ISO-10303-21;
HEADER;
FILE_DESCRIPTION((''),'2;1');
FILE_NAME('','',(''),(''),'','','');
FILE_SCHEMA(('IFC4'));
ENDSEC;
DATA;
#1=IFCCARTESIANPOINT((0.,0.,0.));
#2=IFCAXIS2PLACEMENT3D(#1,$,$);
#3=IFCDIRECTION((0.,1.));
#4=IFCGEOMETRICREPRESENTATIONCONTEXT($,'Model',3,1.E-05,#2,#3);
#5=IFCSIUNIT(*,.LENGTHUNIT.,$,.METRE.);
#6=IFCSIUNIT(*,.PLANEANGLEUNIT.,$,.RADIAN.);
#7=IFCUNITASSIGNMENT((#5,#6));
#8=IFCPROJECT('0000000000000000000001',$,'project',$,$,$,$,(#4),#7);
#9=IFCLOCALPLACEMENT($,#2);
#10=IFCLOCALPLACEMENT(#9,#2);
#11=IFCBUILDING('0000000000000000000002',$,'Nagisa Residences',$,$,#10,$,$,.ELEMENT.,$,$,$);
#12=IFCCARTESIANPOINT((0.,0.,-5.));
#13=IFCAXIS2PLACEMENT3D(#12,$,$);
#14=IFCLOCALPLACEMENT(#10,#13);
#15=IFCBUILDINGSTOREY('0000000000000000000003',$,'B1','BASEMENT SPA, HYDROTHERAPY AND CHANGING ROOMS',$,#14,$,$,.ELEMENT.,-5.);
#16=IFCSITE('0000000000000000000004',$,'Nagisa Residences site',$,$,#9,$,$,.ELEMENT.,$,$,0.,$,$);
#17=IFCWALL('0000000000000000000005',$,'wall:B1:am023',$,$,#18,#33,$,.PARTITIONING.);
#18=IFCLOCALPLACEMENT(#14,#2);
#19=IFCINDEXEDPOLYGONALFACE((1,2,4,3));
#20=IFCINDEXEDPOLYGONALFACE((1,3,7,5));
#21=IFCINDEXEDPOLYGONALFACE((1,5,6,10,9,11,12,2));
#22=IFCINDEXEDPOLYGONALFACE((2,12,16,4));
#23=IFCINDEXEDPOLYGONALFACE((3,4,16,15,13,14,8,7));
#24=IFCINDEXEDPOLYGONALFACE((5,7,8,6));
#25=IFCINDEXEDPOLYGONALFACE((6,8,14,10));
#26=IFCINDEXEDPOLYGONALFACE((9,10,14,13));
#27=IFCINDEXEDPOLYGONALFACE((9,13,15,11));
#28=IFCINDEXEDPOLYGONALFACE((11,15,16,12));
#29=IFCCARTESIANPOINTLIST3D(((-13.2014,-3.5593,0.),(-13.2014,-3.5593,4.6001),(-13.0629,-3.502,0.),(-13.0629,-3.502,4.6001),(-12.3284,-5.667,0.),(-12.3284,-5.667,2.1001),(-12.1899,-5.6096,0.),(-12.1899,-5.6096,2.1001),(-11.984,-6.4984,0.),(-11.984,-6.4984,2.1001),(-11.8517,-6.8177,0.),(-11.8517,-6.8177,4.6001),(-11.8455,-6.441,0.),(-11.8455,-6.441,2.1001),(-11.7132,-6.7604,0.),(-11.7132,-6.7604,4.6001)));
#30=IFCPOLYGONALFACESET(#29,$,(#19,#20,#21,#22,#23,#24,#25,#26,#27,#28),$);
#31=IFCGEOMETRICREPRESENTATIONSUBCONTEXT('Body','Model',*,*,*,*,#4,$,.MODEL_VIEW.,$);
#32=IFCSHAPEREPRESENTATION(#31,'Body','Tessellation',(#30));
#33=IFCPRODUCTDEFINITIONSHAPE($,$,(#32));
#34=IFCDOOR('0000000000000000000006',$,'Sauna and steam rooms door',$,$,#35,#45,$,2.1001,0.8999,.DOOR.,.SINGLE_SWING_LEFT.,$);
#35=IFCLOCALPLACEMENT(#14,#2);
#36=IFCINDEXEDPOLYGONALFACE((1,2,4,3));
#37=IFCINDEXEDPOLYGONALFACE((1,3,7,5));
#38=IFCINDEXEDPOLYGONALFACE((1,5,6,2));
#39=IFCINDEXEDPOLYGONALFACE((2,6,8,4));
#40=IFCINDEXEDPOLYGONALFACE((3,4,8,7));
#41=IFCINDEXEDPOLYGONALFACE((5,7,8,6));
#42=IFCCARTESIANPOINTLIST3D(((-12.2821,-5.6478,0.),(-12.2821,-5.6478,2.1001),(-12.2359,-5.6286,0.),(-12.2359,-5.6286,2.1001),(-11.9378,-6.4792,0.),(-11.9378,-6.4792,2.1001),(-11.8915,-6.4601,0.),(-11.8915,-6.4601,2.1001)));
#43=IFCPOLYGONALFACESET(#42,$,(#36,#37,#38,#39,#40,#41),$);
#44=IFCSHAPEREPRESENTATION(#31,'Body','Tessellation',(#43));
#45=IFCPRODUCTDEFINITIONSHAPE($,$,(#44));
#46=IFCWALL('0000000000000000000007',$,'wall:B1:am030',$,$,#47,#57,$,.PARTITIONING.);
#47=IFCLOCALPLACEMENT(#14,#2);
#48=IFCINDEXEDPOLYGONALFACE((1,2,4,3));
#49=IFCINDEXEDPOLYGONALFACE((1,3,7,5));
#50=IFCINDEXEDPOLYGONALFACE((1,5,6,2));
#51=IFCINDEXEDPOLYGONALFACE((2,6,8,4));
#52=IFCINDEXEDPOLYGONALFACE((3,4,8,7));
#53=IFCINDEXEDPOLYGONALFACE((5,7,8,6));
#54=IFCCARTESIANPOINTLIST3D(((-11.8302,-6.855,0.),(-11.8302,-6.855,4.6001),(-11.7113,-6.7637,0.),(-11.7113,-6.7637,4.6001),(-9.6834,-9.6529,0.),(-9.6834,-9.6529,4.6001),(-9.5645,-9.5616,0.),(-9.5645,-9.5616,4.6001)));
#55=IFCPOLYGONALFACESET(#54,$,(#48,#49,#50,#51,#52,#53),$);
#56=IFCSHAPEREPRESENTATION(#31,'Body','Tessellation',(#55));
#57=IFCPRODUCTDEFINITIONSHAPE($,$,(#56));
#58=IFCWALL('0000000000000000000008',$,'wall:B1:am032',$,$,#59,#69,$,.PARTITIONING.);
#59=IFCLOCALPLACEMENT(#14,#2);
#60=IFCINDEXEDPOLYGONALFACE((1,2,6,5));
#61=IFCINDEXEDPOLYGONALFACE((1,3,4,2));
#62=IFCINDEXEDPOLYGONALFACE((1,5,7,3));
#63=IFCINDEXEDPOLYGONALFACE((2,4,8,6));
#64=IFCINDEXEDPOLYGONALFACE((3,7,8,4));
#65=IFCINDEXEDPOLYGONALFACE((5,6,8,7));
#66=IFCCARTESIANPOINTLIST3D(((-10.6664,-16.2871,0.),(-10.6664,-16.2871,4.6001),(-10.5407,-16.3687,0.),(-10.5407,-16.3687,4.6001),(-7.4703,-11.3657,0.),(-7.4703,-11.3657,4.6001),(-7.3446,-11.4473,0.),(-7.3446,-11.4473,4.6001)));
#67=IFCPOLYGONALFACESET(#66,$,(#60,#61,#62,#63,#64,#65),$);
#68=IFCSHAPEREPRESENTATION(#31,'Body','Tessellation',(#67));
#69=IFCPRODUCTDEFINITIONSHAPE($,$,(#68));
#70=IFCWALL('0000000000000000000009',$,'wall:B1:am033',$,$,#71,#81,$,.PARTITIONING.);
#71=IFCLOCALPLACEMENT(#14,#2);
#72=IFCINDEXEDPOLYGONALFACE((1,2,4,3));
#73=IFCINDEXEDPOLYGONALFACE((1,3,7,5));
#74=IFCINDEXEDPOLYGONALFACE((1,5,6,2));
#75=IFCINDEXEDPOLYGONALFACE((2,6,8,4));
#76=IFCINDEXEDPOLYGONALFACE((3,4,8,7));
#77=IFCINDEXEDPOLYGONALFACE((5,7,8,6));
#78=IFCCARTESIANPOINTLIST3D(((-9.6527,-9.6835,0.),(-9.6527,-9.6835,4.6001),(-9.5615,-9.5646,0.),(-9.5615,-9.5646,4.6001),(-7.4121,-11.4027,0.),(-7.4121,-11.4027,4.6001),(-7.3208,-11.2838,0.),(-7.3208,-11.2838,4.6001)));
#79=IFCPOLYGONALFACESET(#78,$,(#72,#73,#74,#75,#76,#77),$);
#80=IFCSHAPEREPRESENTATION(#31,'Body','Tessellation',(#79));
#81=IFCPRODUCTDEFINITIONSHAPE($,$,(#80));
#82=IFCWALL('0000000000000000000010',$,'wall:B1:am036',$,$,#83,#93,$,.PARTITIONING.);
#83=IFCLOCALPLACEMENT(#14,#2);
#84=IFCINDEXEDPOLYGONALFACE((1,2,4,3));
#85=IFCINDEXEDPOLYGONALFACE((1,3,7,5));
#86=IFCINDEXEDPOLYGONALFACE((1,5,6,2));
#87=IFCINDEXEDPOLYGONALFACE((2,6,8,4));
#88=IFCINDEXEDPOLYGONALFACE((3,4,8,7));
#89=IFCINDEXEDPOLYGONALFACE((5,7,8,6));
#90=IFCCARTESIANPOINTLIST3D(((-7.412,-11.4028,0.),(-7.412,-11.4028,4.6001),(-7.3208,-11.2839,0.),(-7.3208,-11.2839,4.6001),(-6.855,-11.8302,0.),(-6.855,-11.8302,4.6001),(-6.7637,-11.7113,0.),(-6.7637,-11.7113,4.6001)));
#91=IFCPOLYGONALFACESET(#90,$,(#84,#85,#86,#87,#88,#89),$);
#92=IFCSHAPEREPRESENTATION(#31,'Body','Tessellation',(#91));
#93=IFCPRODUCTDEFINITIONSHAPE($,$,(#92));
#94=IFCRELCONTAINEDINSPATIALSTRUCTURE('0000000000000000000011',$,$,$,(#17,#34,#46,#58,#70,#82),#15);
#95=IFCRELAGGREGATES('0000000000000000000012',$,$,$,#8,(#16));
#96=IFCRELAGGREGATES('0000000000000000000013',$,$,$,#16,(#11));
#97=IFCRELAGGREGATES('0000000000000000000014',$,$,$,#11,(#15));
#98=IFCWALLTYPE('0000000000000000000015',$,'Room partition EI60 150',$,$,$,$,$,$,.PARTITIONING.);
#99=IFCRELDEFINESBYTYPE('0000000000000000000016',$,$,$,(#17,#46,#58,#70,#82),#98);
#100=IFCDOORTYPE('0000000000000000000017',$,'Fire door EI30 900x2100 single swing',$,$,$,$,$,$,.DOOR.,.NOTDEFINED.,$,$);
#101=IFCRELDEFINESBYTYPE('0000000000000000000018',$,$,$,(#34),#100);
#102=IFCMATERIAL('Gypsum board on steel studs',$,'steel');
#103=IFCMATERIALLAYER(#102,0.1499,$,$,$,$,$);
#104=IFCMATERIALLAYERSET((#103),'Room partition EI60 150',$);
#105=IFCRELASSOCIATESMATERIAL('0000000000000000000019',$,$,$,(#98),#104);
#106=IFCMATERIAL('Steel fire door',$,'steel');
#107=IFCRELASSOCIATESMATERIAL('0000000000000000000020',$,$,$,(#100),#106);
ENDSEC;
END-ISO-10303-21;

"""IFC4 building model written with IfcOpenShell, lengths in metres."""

from ifc_helpers import new_model, si_unit, direction, frame, frame_2d, origin, place, context, subcontext, project, spatial, rectangle, extrude, material, layer, layer_set, type_object, element, fill, save


model = new_model("IFC4")

# Units and contexts
model_context = context("Model", 3, precision=1e-05, world=origin(), true_north=direction((0.0, 1.0)))
body_context = subcontext(model_context, "Body", "Model", "MODEL_VIEW")
ifc_project = project(units=[si_unit("LENGTHUNIT", "METRE"), si_unit("PLANEANGLEUNIT", "RADIAN")], contexts=[model_context])

# Site, building, storey
site_placement = place(None, origin())
site = spatial("IfcSite", under=ifc_project, at=site_placement, Name="Nagisa Residences site", CompositionType="ELEMENT", RefElevation=0.0)
building_placement = place(site_placement, origin())
building = spatial("IfcBuilding", under=site, at=building_placement, Name="Nagisa Residences", CompositionType="ELEMENT")
storey_placement = place(building_placement, frame((0.0, 0.0, -5.0)))
storey = spatial("IfcBuildingStorey", under=building, at=storey_placement, Name="B1", Description="BASEMENT SPA, HYDROTHERAPY AND CHANGING ROOMS", CompositionType="ELEMENT", Elevation=-5.0)

# Shared definitions
ifc_material_1 = material(Name="Gypsum board on steel studs", Category="steel")
ifc_layer_1 = layer(ifc_material_1, 0.1499)
ifc_layer_set_1 = layer_set([ifc_layer_1], Name="Room partition EI60 150")
wall_type_1 = type_object("IfcWallType", Name="Room partition EI60 150", PredefinedType="PARTITIONING", material=ifc_layer_set_1)

# Wall, opening, door
wall_1_placement = place(storey_placement, frame((-11.7825, -6.7891, 0.0), z_axis=(0.0, 0.0, 1.0), x_axis=(-0.382678, 0.923882, 0.0)))
wall_1 = element("IfcWall", 1, at=wall_1_placement, inside=storey, type_object=wall_type_1, Name="wall:B1:am023", PredefinedType="PARTITIONING", context=body_context, shape_type="SweptSolid", body=[
    extrude(rectangle(XDim=3.5269, YDim=0.1499, at=frame_2d((1.7634, 0.0))), origin(), (0.0, 0.0, 1.0), 4.6001),
])
opening_1_placement = place(wall_1_placement, frame((0.3457, 0.0, 0.0)))
opening_1 = element("IfcOpeningElement", 2, at=opening_1_placement, cuts=wall_1, PredefinedType="OPENING", context=body_context, shape_type="SweptSolid", body=[
    extrude(rectangle(XDim=0.8999, YDim=2.1001, at=frame_2d((0.45, 1.05))), frame((0.0, 0.085, 0.0), z_axis=(0.0, -1.0, 0.0), x_axis=(1.0, 0.0, 0.0)), (0.0, 0.0, 1.0), 0.1699),
])
ifc_material_2 = material(Name="Steel fire door", Category="steel")
door_type_1 = type_object("IfcDoorType", Name="Fire door EI30 900x2100 single swing", OperationType="NOTDEFINED", PredefinedType="DOOR", material=ifc_material_2)
door_1_placement = place(opening_1_placement, origin())
door_1 = element("IfcDoor", 3, at=door_1_placement, inside=storey, type_object=door_type_1, Name="Sauna and steam rooms door", OperationType="SINGLE_SWING_LEFT", OverallHeight=2.1001, OverallWidth=0.8999, PredefinedType="DOOR", context=body_context, shape_type="SweptSolid", body=[
    extrude(rectangle(XDim=0.8999, YDim=2.1001, at=frame_2d((0.45, 1.05))), frame((0.0, 0.0249, 0.0), z_axis=(0.0, -1.0, 0.0), x_axis=(1.0, 0.0, 0.0)), (0.0, 0.0, 1.0), 0.05),
])
fill(opening_1, door_1)

# Walls
wall_2_placement = place(storey_placement, frame((-9.624, -9.6072, 0.0), z_axis=(0.0, 0.0, 1.0), x_axis=(-0.608737, 0.793372, 0.0)))
element("IfcWall", 4, at=wall_2_placement, inside=storey, type_object=wall_type_1, Name="wall:B1:am030", PredefinedType="PARTITIONING", context=body_context, shape_type="SweptSolid", body=[
    extrude(rectangle(XDim=3.5266, YDim=0.1499, at=frame_2d((1.7632, 0.0))), origin(), (0.0, 0.0, 1.0), 4.6001),
])
wall_3_placement = place(storey_placement, frame((-7.4075, -11.4065, 0.0), z_axis=(0.0, 0.0, 1.0), x_axis=(-0.544646, -0.838666, 0.0)))
element("IfcWall", 5, at=wall_3_placement, inside=storey, type_object=wall_type_1, Name="wall:B1:am032", PredefinedType="PARTITIONING", context=body_context, shape_type="SweptSolid", body=[
    extrude(rectangle(XDim=5.8682, YDim=0.1499, at=frame_2d((2.9341, 0.0))), origin(), (0.0, 0.0, 1.0), 4.6001),
])
wall_4_placement = place(storey_placement, frame((-7.3665, -11.3433, 0.0), z_axis=(0.0, 0.0, 1.0), x_axis=(-0.793375, 0.608733, 0.0)))
element("IfcWall", 6, at=wall_4_placement, inside=storey, type_object=wall_type_1, Name="wall:B1:am033", PredefinedType="PARTITIONING", context=body_context, shape_type="SweptSolid", body=[
    extrude(rectangle(XDim=2.8242, YDim=0.1499, at=frame_2d((1.4121, 0.0))), origin(), (0.0, 0.0, 1.0), 4.6001),
])
wall_5_placement = place(storey_placement, frame((-6.8093, -11.7708, 0.0), z_axis=(0.0, 0.0, 1.0), x_axis=(-0.79336, 0.608753, 0.0)))
element("IfcWall", 7, at=wall_5_placement, inside=storey, type_object=wall_type_1, Name="wall:B1:am036", PredefinedType="PARTITIONING", context=body_context, shape_type="SweptSolid", body=[
    extrude(rectangle(XDim=0.7021, YDim=0.1499, at=frame_2d((0.3511, 0.0))), origin(), (0.0, 0.0, 1.0), 4.6001),
])

save(model, "model.ifc")
